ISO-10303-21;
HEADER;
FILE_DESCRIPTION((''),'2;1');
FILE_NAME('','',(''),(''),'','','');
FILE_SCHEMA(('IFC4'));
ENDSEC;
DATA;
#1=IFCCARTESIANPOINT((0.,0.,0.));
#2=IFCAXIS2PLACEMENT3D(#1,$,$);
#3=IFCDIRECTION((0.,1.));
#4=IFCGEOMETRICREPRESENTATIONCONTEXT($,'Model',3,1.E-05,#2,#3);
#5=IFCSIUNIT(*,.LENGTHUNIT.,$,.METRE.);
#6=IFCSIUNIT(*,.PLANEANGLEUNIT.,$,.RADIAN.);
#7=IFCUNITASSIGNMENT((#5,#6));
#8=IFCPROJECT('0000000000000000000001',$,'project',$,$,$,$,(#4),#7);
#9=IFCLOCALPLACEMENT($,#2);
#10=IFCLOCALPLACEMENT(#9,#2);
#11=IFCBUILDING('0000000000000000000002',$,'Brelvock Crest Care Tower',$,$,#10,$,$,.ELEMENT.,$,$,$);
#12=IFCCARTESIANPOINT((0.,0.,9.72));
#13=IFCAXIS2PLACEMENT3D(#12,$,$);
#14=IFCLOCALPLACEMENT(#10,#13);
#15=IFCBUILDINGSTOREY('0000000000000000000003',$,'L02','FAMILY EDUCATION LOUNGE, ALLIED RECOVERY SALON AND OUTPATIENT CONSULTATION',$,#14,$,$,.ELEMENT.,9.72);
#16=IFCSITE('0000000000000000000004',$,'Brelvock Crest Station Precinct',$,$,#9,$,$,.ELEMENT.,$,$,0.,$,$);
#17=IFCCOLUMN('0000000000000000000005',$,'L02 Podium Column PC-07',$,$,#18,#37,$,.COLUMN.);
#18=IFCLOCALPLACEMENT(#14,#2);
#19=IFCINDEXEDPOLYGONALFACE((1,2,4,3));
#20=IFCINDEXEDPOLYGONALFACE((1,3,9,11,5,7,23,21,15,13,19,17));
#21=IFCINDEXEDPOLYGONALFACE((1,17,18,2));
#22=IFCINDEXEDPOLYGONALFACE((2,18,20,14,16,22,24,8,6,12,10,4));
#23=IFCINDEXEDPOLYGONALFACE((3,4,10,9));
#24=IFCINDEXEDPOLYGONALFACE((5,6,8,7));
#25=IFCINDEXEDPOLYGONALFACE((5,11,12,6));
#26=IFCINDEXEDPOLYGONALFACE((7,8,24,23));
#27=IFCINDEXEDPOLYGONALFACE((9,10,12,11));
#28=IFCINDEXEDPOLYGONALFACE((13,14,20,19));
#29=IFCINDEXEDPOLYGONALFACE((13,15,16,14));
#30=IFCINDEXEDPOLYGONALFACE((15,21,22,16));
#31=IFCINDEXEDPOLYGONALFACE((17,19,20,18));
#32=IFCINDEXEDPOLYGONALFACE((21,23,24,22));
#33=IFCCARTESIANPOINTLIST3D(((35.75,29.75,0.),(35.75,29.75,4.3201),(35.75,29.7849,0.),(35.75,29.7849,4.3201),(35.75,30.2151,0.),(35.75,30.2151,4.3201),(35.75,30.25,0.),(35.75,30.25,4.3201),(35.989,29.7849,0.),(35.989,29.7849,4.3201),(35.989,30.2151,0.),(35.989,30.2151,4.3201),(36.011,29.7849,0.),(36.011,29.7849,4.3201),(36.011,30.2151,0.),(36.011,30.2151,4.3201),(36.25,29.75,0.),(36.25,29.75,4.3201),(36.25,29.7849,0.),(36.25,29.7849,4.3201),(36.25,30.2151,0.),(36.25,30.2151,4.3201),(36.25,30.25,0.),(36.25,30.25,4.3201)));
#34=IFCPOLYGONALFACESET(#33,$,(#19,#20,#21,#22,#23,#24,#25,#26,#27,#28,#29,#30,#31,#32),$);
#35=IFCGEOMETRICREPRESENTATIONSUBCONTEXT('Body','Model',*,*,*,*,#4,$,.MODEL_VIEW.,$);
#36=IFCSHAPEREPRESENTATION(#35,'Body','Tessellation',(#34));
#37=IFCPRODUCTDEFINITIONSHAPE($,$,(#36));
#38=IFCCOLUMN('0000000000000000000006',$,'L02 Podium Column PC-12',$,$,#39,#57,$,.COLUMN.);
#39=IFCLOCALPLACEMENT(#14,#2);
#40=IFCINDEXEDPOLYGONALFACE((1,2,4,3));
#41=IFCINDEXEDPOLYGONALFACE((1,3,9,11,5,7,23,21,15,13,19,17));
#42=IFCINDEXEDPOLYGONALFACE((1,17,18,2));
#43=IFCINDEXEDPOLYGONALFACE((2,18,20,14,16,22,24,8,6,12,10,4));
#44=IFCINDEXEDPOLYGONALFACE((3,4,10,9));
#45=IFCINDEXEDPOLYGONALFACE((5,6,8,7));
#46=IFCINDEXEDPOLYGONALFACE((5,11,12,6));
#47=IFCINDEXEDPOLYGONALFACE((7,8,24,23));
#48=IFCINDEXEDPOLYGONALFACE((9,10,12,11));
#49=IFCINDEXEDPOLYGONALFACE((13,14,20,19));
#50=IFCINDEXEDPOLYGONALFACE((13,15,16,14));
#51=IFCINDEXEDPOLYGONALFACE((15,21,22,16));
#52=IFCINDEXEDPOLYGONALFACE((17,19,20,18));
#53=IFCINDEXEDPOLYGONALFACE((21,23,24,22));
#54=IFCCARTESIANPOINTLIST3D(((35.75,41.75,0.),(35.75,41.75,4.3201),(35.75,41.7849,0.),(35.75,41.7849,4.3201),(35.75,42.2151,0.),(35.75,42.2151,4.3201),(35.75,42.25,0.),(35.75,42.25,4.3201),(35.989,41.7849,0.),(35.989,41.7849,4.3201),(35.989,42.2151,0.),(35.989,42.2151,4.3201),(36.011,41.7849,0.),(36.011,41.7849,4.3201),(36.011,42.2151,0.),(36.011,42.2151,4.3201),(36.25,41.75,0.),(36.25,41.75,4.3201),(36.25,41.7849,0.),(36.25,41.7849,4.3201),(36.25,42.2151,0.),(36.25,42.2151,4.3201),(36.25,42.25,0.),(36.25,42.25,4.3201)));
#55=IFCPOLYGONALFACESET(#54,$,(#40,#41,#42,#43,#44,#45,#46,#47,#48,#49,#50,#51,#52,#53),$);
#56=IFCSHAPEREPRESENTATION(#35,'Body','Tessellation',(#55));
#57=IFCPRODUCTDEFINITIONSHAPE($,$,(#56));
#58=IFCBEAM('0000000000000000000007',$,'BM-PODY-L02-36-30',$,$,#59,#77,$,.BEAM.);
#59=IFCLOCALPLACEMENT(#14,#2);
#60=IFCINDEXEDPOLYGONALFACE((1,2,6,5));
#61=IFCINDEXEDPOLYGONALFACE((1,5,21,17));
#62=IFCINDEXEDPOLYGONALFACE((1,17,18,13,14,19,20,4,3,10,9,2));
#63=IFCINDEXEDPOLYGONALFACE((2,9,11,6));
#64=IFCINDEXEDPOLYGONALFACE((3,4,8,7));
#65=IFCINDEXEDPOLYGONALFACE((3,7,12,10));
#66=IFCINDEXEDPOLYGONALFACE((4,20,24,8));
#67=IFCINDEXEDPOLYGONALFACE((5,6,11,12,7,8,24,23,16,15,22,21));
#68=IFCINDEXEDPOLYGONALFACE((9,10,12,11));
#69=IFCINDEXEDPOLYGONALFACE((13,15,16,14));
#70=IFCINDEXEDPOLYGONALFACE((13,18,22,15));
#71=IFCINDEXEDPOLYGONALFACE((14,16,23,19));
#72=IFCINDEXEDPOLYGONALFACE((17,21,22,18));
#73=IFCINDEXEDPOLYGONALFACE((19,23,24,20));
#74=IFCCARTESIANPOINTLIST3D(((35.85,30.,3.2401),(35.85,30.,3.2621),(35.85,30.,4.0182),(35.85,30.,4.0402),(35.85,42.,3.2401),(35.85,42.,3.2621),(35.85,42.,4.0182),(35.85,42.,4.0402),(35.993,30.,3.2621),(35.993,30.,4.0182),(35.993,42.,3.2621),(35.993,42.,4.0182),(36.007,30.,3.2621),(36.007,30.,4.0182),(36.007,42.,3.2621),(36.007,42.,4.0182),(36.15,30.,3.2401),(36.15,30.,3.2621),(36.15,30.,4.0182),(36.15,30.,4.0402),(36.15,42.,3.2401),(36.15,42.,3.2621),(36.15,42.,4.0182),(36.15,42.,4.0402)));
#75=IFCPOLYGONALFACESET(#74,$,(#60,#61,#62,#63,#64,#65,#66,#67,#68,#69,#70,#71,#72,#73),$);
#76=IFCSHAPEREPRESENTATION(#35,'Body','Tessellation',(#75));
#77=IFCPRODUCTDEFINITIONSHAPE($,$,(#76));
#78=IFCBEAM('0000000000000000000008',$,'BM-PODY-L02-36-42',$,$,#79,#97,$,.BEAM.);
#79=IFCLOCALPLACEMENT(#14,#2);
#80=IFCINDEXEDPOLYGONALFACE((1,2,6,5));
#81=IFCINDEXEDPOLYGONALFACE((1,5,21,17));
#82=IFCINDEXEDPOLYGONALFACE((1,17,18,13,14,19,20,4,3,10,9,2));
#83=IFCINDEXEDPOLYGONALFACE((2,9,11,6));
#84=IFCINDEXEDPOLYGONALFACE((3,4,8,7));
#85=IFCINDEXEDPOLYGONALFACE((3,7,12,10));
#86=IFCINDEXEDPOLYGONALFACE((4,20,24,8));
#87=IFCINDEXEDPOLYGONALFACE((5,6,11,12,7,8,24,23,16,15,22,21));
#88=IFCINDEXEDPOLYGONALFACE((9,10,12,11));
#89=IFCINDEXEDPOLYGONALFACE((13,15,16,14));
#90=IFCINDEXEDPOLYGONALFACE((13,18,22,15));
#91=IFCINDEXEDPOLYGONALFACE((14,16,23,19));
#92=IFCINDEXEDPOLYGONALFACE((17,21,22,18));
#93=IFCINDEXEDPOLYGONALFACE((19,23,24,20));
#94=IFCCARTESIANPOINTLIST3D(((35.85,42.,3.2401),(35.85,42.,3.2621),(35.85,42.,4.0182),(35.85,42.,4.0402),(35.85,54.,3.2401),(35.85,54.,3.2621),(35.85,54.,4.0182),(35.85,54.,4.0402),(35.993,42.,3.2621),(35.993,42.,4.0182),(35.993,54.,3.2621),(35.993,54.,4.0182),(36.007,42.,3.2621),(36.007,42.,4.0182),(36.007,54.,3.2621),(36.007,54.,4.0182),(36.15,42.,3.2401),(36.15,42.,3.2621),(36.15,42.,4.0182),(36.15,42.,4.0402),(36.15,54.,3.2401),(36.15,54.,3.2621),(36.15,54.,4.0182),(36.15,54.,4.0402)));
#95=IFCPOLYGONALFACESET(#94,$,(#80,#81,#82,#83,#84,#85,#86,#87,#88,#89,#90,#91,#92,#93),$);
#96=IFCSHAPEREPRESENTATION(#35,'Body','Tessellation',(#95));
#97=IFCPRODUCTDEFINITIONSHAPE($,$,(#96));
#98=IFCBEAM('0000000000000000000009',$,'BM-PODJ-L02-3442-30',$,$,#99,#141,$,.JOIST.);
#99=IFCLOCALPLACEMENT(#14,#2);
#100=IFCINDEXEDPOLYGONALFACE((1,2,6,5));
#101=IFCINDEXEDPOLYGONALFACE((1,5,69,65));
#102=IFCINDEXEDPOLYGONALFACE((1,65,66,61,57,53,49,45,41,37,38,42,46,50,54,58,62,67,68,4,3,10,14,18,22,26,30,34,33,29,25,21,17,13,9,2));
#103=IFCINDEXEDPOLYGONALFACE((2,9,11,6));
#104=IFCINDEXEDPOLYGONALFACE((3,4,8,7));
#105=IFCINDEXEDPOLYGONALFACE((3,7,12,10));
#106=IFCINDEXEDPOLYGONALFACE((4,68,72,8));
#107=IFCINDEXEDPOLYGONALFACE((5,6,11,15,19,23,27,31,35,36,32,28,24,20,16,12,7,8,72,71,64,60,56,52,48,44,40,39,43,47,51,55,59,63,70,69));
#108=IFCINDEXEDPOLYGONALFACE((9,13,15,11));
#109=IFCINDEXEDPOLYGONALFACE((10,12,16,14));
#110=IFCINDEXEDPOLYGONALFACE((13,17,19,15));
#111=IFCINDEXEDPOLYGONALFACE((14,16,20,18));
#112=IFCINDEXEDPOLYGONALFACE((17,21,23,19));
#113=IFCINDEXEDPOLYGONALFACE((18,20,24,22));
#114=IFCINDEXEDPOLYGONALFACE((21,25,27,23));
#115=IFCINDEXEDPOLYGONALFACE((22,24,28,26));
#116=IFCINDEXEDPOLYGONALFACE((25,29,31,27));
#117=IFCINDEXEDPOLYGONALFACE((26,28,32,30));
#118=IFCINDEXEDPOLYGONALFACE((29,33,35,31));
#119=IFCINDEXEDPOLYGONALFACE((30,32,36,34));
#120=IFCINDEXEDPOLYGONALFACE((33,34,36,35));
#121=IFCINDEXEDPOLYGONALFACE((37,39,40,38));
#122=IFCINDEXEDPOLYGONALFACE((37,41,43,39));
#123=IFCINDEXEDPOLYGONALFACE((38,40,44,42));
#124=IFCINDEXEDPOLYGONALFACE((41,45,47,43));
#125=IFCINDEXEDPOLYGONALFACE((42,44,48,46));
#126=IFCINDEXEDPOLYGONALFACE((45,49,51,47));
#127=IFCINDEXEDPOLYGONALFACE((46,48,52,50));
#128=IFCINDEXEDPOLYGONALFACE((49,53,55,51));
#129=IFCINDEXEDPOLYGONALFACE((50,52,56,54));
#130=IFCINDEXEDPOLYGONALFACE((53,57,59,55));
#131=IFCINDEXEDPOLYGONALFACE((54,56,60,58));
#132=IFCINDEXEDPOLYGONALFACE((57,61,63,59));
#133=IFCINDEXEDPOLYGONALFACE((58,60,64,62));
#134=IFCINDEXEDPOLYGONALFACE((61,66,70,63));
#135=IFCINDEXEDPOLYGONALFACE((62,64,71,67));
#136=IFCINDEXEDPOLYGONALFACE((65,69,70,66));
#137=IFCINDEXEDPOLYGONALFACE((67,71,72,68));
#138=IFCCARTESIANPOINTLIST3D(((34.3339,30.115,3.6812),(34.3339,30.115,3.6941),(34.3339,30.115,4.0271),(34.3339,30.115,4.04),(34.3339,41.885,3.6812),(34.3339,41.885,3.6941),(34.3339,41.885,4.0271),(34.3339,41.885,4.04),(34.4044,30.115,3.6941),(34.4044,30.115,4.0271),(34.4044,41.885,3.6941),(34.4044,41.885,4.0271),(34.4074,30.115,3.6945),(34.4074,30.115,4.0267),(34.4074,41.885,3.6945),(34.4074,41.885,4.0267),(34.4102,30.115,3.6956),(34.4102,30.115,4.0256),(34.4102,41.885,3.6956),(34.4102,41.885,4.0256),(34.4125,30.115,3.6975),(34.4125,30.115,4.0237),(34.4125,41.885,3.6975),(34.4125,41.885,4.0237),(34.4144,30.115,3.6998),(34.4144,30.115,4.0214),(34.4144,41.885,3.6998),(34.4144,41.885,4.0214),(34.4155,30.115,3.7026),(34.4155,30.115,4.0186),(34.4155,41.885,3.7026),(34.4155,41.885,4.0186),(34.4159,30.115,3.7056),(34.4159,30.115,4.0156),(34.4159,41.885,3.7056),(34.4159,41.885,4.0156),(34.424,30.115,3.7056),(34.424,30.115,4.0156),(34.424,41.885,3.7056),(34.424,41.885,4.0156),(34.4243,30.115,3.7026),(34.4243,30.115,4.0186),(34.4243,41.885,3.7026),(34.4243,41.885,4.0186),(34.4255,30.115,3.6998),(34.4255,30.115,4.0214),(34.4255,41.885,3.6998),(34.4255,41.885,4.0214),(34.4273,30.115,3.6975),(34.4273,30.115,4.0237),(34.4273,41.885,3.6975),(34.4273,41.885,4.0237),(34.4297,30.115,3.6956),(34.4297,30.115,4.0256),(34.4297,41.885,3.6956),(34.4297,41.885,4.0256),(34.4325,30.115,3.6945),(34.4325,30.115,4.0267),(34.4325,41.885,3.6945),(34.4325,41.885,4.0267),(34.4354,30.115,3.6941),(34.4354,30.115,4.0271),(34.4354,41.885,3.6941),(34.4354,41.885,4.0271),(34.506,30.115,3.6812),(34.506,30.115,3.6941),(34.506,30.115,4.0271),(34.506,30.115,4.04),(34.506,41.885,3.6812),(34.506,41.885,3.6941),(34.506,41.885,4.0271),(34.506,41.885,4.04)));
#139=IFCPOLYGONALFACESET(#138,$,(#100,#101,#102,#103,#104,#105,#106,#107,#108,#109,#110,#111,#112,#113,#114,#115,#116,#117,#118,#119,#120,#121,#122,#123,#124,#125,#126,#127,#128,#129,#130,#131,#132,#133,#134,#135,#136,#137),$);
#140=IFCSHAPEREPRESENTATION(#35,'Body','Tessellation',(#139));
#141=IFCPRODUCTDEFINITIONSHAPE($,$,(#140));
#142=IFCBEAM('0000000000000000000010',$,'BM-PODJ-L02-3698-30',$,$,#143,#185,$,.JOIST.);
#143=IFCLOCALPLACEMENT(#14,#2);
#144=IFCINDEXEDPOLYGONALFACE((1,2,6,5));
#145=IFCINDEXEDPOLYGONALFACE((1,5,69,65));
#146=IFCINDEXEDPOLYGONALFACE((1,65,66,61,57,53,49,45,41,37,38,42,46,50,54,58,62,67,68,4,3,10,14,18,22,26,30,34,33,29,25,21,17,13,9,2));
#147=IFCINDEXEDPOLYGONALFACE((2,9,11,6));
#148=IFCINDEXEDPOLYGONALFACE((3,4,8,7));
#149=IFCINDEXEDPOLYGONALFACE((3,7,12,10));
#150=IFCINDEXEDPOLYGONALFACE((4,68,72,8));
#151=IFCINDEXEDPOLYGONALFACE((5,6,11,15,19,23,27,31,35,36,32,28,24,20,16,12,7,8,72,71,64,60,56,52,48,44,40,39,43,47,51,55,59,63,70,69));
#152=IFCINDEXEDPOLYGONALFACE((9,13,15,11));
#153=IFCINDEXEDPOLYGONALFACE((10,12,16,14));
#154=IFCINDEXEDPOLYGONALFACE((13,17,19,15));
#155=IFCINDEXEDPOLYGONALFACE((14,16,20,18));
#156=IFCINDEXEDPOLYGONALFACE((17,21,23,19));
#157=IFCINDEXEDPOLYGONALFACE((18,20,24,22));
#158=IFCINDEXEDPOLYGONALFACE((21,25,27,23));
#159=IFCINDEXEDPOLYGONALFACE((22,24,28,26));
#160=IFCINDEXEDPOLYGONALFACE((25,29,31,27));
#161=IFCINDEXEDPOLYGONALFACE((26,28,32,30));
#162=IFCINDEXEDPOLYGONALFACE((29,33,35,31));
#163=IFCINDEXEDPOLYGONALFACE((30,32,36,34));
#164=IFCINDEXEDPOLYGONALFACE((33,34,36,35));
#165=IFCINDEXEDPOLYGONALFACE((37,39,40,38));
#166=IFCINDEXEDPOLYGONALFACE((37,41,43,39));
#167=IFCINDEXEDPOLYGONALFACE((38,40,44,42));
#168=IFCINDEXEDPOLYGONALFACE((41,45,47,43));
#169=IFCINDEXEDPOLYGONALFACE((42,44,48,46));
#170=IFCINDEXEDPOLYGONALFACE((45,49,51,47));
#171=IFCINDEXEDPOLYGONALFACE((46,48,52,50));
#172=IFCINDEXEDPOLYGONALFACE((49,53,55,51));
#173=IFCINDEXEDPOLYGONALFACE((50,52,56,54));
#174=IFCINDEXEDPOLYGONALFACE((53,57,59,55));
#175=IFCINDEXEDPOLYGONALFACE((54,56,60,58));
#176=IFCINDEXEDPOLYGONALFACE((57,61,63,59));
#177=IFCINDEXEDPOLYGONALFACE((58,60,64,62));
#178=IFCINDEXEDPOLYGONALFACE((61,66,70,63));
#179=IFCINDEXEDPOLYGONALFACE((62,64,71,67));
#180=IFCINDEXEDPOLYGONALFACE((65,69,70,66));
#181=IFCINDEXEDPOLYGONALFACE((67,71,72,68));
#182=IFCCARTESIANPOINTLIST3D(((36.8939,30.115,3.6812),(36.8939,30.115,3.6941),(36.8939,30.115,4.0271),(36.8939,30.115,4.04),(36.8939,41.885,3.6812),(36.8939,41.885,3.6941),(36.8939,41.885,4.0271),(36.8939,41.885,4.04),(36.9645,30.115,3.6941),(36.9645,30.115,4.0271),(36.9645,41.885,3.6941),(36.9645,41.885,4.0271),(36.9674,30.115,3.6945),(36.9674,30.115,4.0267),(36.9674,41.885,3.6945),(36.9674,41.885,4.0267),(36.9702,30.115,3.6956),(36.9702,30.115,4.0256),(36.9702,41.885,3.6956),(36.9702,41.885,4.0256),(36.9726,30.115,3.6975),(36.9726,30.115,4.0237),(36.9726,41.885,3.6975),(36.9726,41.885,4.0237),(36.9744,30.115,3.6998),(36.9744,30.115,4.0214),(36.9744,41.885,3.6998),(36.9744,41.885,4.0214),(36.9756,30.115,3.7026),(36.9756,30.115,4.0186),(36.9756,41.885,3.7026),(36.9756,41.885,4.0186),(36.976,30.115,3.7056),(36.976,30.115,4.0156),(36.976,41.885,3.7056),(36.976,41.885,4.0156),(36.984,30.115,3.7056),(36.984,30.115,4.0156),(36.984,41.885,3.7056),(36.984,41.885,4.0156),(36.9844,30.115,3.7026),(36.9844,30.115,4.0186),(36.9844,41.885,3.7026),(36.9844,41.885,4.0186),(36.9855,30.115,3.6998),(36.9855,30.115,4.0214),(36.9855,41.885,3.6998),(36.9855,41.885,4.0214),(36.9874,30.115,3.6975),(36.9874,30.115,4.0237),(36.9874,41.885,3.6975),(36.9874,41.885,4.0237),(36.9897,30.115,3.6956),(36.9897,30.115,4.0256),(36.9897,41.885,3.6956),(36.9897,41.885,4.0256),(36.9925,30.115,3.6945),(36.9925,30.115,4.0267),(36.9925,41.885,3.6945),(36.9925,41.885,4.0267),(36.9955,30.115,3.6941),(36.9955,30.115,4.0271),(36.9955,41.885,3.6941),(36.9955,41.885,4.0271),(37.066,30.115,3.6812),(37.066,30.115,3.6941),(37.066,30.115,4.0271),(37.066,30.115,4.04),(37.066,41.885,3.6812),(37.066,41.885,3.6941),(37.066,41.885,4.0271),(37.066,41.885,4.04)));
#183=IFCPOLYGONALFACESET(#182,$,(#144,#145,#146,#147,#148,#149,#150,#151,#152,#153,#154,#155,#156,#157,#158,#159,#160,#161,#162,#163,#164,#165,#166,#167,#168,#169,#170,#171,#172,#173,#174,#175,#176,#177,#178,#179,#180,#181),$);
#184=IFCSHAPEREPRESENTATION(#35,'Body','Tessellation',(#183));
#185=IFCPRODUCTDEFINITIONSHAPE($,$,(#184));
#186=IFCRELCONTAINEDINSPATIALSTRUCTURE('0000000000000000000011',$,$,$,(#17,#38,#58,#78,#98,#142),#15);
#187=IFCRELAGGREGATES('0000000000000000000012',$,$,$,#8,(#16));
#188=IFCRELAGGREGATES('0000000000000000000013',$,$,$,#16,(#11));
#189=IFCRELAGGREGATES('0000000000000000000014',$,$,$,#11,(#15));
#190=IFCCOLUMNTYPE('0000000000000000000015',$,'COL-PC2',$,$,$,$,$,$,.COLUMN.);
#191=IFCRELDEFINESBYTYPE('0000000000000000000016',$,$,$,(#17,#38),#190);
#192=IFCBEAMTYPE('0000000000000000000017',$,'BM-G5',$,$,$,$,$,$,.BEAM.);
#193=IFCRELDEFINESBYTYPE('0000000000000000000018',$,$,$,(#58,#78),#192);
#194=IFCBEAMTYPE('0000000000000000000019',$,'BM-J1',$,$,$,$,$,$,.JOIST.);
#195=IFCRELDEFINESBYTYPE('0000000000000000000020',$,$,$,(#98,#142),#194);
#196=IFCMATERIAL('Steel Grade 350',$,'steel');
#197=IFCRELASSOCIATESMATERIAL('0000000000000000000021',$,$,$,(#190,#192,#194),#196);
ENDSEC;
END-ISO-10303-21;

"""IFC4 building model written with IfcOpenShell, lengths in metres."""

from ifc_helpers import new_model, si_unit, direction, frame, origin, origin_2d, place, context, subcontext, project, spatial, i_section, extrude, source, transform, mapped, material, material_profile, profile_set, type_object, element, save


model = new_model("IFC4")

# Units and contexts
model_context = context("Model", 3, precision=1e-05, world=origin(), true_north=direction((0.0, 1.0)))
body_context = subcontext(model_context, "Body", "Model", "MODEL_VIEW")
ifc_project = project(units=[si_unit("LENGTHUNIT", "METRE"), si_unit("PLANEANGLEUNIT", "RADIAN")], contexts=[model_context])

# Site, building, storey
site_placement = place(None, origin())
site = spatial("IfcSite", under=ifc_project, at=site_placement, Name="Brelvock Crest Station Precinct", CompositionType="ELEMENT", RefElevation=0.0)
building_placement = place(site_placement, origin())
building = spatial("IfcBuilding", under=site, at=building_placement, Name="Brelvock Crest Care Tower", CompositionType="ELEMENT")
storey_placement = place(building_placement, frame((0.0, 0.0, 9.72)))
storey = spatial("IfcBuildingStorey", under=building, at=storey_placement, Name="L02", Description="FAMILY EDUCATION LOUNGE, ALLIED RECOVERY SALON AND OUTPATIENT CONSULTATION", CompositionType="ELEMENT", Elevation=9.72)

# Columns
ifc_material_1 = material(Name="Steel Grade 350", Category="steel")
ifc_material_profile_1 = material_profile(ifc_material_1, i_section(OverallWidth=0.5, OverallDepth=0.5, WebThickness=0.022, FlangeThickness=0.0349, at=origin_2d()), Name="500WC340")
ifc_profile_set_1 = profile_set([ifc_material_profile_1], Name="Steel Grade 350")
column_type = type_object("IfcColumnType", Name="COL-PC2", PredefinedType="COLUMN", material=ifc_profile_set_1)
shared_shape_1 = source(origin(), body_context, "Body", "SweptSolid", [
    extrude(i_section(OverallWidth=0.5, OverallDepth=0.5, WebThickness=0.022, FlangeThickness=0.0349, at=origin_2d()), origin(), (0.0, 0.0, 1.0), 4.3201),
])
for number, where, z_axis, x_axis, name in (
    (1, (36.0, 30.0, 0.0), (0.0, 0.0, 1.0), (1.0, 0.0, 0.0), "L02 Podium Column PC-07"),
    (2, (36.0, 42.0, 0.0), (0.0, 0.0, 1.0), (1.0, 0.0, 0.0), "L02 Podium Column PC-12"),
):
    element("IfcColumn", number, at=place(storey_placement, frame(where, z_axis=z_axis, x_axis=x_axis)), inside=storey, type_object=column_type, Name=name, PredefinedType="COLUMN", context=body_context, shape_type="MappedRepresentation", body=[
        mapped(shared_shape_1, transform((0.0, 0.0, 0.0), x_axis=(1.0, 0.0, 0.0), y_axis=(0.0, 1.0, 0.0), z_axis=(0.0, 0.0, 1.0), scale=1.0)),
    ])

# Beams
ifc_material_profile_2 = material_profile(ifc_material_1, i_section(OverallWidth=0.3, OverallDepth=0.8, WebThickness=0.0139, FlangeThickness=0.022, at=origin_2d()), Name="800WB192")
ifc_profile_set_2 = profile_set([ifc_material_profile_2], Name="Steel Grade 350")
beam_type_1 = type_object("IfcBeamType", Name="BM-G5", PredefinedType="BEAM", material=ifc_profile_set_2)
shared_shape_2 = source(origin(), body_context, "Body", "SweptSolid", [
    extrude(i_section(OverallWidth=0.3, OverallDepth=0.8, WebThickness=0.0139, FlangeThickness=0.022, at=origin_2d()), origin(), (0.0, 0.0, 1.0), 12.0),
])
for number, where, z_axis, x_axis, name in (
    (3, (36.0, 30.0, 3.6401), (0.0, 1.0, 0.0), (-1.0, 0.0, 0.0), "BM-PODY-L02-36-30"),
    (4, (36.0, 42.0, 3.6401), (0.0, 1.0, 0.0), (-1.0, 0.0, 0.0), "BM-PODY-L02-36-42"),
):
    element("IfcBeam", number, at=place(storey_placement, frame(where, z_axis=z_axis, x_axis=x_axis)), inside=storey, type_object=beam_type_1, Name=name, PredefinedType="BEAM", context=body_context, shape_type="MappedRepresentation", body=[
        mapped(shared_shape_2, transform((0.0, 0.0, 0.0), x_axis=(1.0, 0.0, 0.0), y_axis=(0.0, 1.0, 0.0), z_axis=(0.0, 0.0, 1.0), scale=1.0)),
    ])
ifc_material_profile_3 = material_profile(ifc_material_1, i_section(OverallWidth=0.1721, OverallDepth=0.3589, WebThickness=0.0081, FlangeThickness=0.0129, FilletRadius=0.0115, at=origin_2d()), Name="360UB56.7")
ifc_profile_set_3 = profile_set([ifc_material_profile_3], Name="Steel Grade 350")
beam_type_2 = type_object("IfcBeamType", Name="BM-J1", PredefinedType="JOIST", material=ifc_profile_set_3)
shared_shape_3 = source(origin(), body_context, "Body", "SweptSolid", [
    extrude(i_section(OverallWidth=0.1721, OverallDepth=0.3589, WebThickness=0.0081, FlangeThickness=0.0129, FilletRadius=0.0115, at=origin_2d()), origin(), (0.0, 0.0, 1.0), 11.77),
])
for number, where, z_axis, x_axis, name in (
    (5, (34.4199, 30.115, 3.8606), (0.0, 1.0, 0.0), (-1.0, 0.0, 0.0), "BM-PODJ-L02-3442-30"),
    (6, (36.98, 30.115, 3.8606), (0.0, 1.0, 0.0), (-1.0, 0.0, 0.0), "BM-PODJ-L02-3698-30"),
):
    element("IfcBeam", number, at=place(storey_placement, frame(where, z_axis=z_axis, x_axis=x_axis)), inside=storey, type_object=beam_type_2, Name=name, PredefinedType="JOIST", context=body_context, shape_type="MappedRepresentation", body=[
        mapped(shared_shape_3, transform((0.0, 0.0, 0.0), x_axis=(1.0, 0.0, 0.0), y_axis=(0.0, 1.0, 0.0), z_axis=(0.0, 0.0, 1.0), scale=1.0)),
    ])

save(model, "model.ifc")
